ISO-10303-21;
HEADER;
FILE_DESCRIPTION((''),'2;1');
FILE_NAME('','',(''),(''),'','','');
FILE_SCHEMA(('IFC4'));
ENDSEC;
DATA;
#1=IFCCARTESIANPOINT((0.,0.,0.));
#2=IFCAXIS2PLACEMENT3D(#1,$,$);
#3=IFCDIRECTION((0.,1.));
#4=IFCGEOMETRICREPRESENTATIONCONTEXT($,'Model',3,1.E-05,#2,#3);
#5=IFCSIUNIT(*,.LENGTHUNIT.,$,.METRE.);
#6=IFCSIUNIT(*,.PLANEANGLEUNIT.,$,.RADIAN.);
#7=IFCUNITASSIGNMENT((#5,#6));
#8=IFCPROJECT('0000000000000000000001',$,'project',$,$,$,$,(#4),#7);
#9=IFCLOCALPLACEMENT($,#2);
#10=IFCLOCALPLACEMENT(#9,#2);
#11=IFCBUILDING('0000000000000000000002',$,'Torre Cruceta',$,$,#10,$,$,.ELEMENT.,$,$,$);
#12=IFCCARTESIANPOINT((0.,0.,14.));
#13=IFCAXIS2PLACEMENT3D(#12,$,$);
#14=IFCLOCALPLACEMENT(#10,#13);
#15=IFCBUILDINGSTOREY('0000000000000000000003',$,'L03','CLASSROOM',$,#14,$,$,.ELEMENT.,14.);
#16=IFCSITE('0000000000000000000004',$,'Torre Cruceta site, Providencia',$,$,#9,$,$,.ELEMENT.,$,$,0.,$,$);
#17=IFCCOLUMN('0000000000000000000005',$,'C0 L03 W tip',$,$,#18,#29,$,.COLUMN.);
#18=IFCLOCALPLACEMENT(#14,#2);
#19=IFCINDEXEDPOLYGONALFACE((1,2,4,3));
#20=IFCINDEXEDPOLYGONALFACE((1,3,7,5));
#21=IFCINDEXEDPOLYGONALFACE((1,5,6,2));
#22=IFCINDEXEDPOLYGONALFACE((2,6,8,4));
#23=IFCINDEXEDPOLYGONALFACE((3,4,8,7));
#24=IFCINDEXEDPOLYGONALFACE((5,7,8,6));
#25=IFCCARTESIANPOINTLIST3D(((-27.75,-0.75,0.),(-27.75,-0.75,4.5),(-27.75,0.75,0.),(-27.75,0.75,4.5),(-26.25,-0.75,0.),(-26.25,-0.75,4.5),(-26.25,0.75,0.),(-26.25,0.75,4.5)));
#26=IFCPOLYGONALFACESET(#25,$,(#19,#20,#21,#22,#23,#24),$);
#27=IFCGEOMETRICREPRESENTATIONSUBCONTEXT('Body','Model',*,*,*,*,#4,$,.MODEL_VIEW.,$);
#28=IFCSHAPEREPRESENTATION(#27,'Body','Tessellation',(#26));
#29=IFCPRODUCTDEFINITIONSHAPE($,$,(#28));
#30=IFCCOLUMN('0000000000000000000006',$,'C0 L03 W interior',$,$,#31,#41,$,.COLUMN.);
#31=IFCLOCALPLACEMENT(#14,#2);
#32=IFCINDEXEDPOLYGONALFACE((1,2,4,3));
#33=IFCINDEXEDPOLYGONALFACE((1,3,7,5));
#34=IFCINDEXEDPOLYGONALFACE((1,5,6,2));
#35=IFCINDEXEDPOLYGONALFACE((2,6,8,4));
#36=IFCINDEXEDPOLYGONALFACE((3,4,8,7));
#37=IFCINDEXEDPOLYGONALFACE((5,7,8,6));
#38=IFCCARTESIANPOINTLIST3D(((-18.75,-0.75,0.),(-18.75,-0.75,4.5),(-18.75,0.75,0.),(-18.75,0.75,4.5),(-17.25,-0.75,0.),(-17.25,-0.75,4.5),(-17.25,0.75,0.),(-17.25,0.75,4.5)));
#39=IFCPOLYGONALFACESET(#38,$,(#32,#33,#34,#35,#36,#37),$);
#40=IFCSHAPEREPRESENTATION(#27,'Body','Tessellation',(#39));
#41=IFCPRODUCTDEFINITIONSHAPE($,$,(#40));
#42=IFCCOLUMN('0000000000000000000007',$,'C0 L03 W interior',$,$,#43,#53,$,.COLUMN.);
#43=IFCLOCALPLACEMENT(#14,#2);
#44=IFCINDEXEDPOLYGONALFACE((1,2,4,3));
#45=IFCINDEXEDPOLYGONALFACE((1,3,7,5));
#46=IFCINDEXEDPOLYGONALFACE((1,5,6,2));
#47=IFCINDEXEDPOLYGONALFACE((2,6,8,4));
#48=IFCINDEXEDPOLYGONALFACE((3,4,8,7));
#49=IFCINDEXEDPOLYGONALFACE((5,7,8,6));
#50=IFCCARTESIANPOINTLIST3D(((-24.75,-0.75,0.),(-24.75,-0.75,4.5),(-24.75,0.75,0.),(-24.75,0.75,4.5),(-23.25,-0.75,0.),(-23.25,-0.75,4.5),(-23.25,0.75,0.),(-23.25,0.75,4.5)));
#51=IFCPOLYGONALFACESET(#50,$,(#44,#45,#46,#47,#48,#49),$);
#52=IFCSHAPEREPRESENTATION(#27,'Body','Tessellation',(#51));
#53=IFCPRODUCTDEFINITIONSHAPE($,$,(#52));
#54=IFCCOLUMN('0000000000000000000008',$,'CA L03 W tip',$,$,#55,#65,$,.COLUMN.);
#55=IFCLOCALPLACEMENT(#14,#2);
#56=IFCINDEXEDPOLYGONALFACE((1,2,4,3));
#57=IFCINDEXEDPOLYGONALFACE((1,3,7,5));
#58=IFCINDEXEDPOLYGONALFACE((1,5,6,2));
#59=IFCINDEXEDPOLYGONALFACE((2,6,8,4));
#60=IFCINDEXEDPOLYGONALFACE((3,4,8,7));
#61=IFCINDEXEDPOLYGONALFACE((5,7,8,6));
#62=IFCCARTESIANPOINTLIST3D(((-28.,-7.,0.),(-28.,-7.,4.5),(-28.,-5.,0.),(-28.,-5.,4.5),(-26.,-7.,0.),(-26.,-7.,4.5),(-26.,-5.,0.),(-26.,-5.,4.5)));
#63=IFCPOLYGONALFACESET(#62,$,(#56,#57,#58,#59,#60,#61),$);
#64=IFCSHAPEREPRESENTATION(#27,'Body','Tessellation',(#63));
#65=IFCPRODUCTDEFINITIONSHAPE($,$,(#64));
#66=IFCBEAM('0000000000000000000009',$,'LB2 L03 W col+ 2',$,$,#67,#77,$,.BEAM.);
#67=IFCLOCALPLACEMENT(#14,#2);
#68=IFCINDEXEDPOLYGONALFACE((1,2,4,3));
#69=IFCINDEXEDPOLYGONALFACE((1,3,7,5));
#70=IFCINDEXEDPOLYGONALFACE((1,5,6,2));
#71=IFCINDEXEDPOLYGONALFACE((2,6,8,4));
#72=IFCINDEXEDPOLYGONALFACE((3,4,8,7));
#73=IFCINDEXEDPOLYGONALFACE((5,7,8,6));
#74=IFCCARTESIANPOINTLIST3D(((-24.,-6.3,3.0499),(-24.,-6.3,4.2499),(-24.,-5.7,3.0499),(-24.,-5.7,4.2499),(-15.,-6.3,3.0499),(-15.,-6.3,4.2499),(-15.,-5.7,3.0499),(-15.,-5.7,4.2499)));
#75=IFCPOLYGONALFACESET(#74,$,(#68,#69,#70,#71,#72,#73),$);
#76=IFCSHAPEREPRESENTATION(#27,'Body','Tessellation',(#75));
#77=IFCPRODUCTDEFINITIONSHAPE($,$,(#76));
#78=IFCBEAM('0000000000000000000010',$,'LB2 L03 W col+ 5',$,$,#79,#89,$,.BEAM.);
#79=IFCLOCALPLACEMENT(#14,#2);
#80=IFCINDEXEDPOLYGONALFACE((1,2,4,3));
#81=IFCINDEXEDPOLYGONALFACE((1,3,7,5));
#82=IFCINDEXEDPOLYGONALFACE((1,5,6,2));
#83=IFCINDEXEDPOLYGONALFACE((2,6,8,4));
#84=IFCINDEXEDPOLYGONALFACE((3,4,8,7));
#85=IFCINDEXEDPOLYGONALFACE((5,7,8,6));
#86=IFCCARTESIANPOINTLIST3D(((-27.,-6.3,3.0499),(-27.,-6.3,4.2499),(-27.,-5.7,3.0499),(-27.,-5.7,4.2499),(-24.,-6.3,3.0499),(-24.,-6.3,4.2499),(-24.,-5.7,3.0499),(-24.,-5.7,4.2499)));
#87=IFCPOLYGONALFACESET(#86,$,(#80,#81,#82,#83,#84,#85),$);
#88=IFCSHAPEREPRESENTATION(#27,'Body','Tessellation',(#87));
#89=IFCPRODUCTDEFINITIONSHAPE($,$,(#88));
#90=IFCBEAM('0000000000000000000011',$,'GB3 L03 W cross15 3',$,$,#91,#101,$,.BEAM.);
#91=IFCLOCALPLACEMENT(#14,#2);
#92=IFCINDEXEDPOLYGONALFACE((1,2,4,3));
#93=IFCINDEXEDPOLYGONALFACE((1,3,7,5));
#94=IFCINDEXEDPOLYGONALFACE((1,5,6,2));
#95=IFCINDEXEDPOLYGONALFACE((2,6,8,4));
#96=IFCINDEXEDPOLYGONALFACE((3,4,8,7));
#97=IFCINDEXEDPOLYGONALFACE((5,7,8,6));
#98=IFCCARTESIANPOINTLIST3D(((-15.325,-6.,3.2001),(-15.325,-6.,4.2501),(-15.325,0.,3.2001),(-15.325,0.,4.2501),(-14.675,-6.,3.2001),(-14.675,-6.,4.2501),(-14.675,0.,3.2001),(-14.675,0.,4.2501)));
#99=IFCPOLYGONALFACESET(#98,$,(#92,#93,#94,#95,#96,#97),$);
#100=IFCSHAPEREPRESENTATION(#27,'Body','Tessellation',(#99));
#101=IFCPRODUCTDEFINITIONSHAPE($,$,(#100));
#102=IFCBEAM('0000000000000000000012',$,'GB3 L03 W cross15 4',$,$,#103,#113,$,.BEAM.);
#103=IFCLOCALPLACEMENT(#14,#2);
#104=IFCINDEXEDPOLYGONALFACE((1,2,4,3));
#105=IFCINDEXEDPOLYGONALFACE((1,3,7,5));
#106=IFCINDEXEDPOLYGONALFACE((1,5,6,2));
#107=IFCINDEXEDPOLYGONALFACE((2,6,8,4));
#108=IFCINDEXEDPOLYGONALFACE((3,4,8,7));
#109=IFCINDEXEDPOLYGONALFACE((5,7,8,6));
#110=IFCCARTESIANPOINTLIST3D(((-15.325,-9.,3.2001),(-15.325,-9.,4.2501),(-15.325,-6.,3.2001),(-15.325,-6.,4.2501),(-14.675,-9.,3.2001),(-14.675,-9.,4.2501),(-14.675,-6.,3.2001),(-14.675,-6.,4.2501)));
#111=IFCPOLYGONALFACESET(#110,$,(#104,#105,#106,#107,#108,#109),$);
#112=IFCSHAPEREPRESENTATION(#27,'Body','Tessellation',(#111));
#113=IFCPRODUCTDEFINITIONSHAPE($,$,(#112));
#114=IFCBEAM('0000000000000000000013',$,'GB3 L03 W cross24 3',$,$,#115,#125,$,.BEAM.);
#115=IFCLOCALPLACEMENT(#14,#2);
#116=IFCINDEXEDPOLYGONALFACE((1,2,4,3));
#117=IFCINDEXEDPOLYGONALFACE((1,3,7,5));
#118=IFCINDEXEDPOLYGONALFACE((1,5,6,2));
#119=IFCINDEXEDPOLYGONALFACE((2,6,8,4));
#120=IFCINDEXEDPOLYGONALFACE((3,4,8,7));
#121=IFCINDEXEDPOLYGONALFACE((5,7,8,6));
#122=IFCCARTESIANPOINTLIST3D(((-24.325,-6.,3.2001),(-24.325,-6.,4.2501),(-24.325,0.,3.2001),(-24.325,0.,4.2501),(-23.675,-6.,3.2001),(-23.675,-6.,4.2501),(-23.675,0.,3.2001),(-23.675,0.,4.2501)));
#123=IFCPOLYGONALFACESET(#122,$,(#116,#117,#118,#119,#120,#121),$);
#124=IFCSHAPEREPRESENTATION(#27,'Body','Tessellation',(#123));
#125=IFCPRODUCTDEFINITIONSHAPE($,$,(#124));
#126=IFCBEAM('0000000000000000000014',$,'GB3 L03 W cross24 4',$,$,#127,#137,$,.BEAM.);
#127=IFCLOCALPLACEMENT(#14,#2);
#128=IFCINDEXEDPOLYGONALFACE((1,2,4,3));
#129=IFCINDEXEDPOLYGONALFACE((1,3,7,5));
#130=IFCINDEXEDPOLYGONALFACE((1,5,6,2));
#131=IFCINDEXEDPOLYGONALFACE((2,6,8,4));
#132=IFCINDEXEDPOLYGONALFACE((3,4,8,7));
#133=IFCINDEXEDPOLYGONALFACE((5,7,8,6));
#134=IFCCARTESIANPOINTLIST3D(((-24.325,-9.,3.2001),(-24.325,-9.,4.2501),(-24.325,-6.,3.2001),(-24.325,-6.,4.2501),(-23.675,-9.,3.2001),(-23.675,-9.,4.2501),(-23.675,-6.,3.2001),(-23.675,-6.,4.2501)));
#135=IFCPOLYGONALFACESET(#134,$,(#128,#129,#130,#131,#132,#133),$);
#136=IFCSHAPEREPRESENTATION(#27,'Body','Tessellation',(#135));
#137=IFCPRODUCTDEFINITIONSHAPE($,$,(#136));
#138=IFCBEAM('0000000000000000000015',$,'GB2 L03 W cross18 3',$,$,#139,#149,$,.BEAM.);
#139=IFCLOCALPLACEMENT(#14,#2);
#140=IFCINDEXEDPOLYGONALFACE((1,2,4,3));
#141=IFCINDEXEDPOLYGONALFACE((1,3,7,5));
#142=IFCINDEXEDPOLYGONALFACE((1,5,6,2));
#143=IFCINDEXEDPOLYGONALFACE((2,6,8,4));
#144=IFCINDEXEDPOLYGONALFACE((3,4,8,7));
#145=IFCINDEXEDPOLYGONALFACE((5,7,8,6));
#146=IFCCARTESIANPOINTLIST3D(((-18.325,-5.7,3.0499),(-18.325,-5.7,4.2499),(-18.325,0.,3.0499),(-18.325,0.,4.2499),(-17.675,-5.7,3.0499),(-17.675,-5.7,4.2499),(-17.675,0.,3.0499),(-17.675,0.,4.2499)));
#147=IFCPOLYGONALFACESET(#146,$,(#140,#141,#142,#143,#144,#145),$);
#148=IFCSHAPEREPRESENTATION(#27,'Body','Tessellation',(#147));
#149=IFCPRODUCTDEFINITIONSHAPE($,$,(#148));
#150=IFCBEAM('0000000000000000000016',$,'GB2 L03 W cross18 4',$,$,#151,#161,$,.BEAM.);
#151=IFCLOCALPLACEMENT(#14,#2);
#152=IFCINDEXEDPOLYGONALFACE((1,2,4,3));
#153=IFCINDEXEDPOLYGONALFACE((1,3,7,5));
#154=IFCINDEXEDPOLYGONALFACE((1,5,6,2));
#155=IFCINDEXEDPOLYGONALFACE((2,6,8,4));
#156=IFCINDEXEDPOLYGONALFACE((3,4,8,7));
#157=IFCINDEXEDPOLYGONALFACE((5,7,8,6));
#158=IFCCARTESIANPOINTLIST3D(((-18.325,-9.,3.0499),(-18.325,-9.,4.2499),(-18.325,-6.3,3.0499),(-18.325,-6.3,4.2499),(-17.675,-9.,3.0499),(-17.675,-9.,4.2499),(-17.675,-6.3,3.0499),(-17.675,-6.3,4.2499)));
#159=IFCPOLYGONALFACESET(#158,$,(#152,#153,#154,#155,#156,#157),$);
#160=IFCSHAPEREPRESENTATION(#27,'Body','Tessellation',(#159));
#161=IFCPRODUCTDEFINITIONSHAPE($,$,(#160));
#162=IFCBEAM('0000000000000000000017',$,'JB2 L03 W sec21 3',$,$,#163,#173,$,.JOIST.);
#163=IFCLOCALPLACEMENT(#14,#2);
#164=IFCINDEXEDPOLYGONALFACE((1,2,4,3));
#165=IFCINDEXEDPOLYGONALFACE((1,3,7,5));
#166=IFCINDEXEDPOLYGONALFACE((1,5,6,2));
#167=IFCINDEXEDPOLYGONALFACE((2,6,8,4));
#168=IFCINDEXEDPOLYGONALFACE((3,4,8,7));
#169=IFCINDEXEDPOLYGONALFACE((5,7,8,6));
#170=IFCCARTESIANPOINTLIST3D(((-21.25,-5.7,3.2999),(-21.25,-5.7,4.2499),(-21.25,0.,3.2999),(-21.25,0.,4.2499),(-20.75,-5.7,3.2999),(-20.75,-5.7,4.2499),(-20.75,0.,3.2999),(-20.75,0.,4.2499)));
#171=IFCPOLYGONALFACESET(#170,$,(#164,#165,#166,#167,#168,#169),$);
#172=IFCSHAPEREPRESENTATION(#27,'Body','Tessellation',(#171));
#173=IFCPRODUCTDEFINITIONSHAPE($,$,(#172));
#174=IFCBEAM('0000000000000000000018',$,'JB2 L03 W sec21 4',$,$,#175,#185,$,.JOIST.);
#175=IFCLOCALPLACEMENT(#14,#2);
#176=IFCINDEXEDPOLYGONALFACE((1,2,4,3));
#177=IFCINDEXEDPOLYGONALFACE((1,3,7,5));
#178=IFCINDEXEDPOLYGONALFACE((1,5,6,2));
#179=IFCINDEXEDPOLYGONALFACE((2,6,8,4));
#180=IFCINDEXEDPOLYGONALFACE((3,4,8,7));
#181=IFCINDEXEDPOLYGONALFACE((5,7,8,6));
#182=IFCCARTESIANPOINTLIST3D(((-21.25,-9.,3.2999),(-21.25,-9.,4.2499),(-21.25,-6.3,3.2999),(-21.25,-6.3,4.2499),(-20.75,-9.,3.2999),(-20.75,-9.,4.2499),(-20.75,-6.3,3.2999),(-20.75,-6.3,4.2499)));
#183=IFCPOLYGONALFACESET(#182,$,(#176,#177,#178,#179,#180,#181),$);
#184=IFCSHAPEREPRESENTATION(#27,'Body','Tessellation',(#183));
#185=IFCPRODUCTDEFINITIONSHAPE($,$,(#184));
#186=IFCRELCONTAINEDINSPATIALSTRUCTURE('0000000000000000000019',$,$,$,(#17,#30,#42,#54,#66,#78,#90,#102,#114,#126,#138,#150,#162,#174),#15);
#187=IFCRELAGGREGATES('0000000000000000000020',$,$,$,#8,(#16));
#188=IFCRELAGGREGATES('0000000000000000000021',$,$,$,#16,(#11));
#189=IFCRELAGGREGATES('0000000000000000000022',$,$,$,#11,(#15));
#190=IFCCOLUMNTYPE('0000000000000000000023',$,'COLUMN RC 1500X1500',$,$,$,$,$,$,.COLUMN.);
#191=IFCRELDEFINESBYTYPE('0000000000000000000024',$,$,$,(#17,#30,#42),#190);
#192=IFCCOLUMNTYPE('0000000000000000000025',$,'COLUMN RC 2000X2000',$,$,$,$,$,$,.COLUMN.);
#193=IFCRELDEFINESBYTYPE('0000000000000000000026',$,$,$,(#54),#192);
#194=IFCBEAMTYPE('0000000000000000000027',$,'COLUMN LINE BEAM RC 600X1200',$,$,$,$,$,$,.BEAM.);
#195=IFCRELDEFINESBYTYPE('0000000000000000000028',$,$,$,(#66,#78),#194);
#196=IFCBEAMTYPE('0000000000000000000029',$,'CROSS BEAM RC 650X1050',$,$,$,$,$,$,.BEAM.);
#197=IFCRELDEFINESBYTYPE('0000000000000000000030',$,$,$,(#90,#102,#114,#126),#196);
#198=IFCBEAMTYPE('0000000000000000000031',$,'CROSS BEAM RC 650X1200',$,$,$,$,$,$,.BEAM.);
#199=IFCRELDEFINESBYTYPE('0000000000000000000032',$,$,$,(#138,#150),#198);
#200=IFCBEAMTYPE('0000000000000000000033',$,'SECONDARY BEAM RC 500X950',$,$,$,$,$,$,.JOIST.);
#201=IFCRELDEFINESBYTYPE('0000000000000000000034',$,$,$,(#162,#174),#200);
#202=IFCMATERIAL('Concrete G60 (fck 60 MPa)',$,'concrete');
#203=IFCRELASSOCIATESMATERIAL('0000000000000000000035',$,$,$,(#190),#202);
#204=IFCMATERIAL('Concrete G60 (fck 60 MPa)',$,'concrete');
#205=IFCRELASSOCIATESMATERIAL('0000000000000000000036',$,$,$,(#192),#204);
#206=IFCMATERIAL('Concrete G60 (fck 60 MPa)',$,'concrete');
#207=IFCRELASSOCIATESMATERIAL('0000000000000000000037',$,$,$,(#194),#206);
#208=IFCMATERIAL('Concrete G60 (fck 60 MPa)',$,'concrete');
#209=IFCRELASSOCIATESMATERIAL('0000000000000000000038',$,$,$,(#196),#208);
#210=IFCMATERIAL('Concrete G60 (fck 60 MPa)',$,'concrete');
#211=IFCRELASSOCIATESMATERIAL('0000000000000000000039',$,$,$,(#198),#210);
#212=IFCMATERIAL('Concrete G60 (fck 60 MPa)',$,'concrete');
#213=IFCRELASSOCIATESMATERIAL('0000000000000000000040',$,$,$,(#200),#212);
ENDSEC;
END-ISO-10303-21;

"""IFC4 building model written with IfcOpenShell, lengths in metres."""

from ifc_helpers import new_model, si_unit, direction, frame, origin, origin_2d, place, context, subcontext, project, spatial, rectangle, extrude, material, material_profile, profile_set, type_object, element, save


model = new_model("IFC4")

# Units and contexts
model_context = context("Model", 3, precision=1e-05, world=origin(), true_north=direction((0.0, 1.0)))
body_context = subcontext(model_context, "Body", "Model", "MODEL_VIEW")
ifc_project = project(units=[si_unit("LENGTHUNIT", "METRE"), si_unit("PLANEANGLEUNIT", "RADIAN")], contexts=[model_context])

# Site, building, storey
site_placement = place(None, origin())
site = spatial("IfcSite", under=ifc_project, at=site_placement, Name="Torre Cruceta site, Providencia", CompositionType="ELEMENT", RefElevation=0.0)
building_placement = place(site_placement, origin())
building = spatial("IfcBuilding", under=site, at=building_placement, Name="Torre Cruceta", CompositionType="ELEMENT")
storey_placement = place(building_placement, frame((0.0, 0.0, 14.0)))
storey = spatial("IfcBuildingStorey", under=building, at=storey_placement, Name="L03", Description="CLASSROOM", CompositionType="ELEMENT", Elevation=14.0)

# Columns
ifc_material_1 = material(Name="Concrete G60 (fck 60 MPa)", Category="concrete")
ifc_material_profile_1 = material_profile(ifc_material_1, rectangle(XDim=1.5, YDim=1.5, at=origin_2d()), Name="RC 1500X1500")
ifc_profile_set_1 = profile_set([ifc_material_profile_1], Name="Concrete G60 (fck 60 MPa)")
column_type_1 = type_object("IfcColumnType", Name="COLUMN RC 1500X1500", PredefinedType="COLUMN", material=ifc_profile_set_1)
for number, where, z_axis, x_axis, name in (
    (1, (-27.0, 0.0, 0.0), (0.0, 0.0, 1.0), (1.0, 0.0, 0.0), "C0 L03 W tip"),
    (2, (-18.0, 0.0, 0.0), (0.0, 0.0, 1.0), (1.0, 0.0, 0.0), "C0 L03 W interior"),
    (3, (-24.0, 0.0, 0.0), (0.0, 0.0, 1.0), (1.0, 0.0, 0.0), "C0 L03 W interior"),
):
    element("IfcColumn", number, at=place(storey_placement, frame(where, z_axis=z_axis, x_axis=x_axis)), inside=storey, type_object=column_type_1, Name=name, PredefinedType="COLUMN", context=body_context, shape_type="SweptSolid", body=[
        extrude(rectangle(XDim=1.5, YDim=1.5, at=origin_2d()), origin(), (0.0, 0.0, 1.0), 4.5),
    ])
ifc_material_2 = material(Name="Concrete G60 (fck 60 MPa)", Category="concrete")
ifc_material_profile_2 = material_profile(ifc_material_2, rectangle(XDim=2.0, YDim=2.0, at=origin_2d()), Name="RC 2000X2000")
ifc_profile_set_2 = profile_set([ifc_material_profile_2], Name="Concrete G60 (fck 60 MPa)")
column_type_2 = type_object("IfcColumnType", Name="COLUMN RC 2000X2000", PredefinedType="COLUMN", material=ifc_profile_set_2)
column_placement = place(storey_placement, frame((-27.0, -6.0, 0.0), z_axis=(0.0, 0.0, 1.0), x_axis=(1.0, 0.0, 0.0)))
element("IfcColumn", 4, at=column_placement, inside=storey, type_object=column_type_2, Name="CA L03 W tip", PredefinedType="COLUMN", context=body_context, shape_type="SweptSolid", body=[
    extrude(rectangle(XDim=2.0, YDim=2.0, at=origin_2d()), origin(), (0.0, 0.0, 1.0), 4.5),
])

# Beams
ifc_material_3 = material(Name="Concrete G60 (fck 60 MPa)", Category="concrete")
ifc_material_profile_3 = material_profile(ifc_material_3, rectangle(XDim=0.6001, YDim=1.2, at=origin_2d()), Name="RC 600X1200")
ifc_profile_set_3 = profile_set([ifc_material_profile_3], Name="Concrete G60 (fck 60 MPa)")
beam_type_1 = type_object("IfcBeamType", Name="COLUMN LINE BEAM RC 600X1200", PredefinedType="BEAM", material=ifc_profile_set_3)
beam_1_placement = place(storey_placement, frame((-15.0, -6.0, 3.6499), z_axis=(-1.0, 0.0, 0.0), x_axis=(0.0, -1.0, 0.0)))
element("IfcBeam", 5, at=beam_1_placement, inside=storey, type_object=beam_type_1, Name="LB2 L03 W col+ 2", PredefinedType="BEAM", context=body_context, shape_type="SweptSolid", body=[
    extrude(rectangle(XDim=0.6001, YDim=1.2, at=origin_2d()), origin(), (0.0, 0.0, 1.0), 9.0),
])
beam_2_placement = place(storey_placement, frame((-24.0, -6.0, 3.6499), z_axis=(-1.0, 0.0, 0.0), x_axis=(0.0, -1.0, 0.0)))
element("IfcBeam", 6, at=beam_2_placement, inside=storey, type_object=beam_type_1, Name="LB2 L03 W col+ 5", PredefinedType="BEAM", context=body_context, shape_type="SweptSolid", body=[
    extrude(rectangle(XDim=0.6001, YDim=1.2, at=origin_2d()), origin(), (0.0, 0.0, 1.0), 3.0),
])
ifc_material_4 = material(Name="Concrete G60 (fck 60 MPa)", Category="concrete")
ifc_material_profile_4 = material_profile(ifc_material_4, rectangle(XDim=0.6499, YDim=1.05, at=origin_2d()), Name="RC 650X1050")
ifc_profile_set_4 = profile_set([ifc_material_profile_4], Name="Concrete G60 (fck 60 MPa)")
beam_type_2 = type_object("IfcBeamType", Name="CROSS BEAM RC 650X1050", PredefinedType="BEAM", material=ifc_profile_set_4)
beam_3_placement = place(storey_placement, frame((-15.0, 0.0, 3.7251), z_axis=(0.0, -1.0, 0.0), x_axis=(1.0, 0.0, 0.0)))
element("IfcBeam", 7, at=beam_3_placement, inside=storey, type_object=beam_type_2, Name="GB3 L03 W cross15 3", PredefinedType="BEAM", context=body_context, shape_type="SweptSolid", body=[
    extrude(rectangle(XDim=0.6499, YDim=1.05, at=origin_2d()), origin(), (0.0, 0.0, 1.0), 6.0),
])
beam_4_placement = place(storey_placement, frame((-15.0, -6.0, 3.7251), z_axis=(0.0, -1.0, 0.0), x_axis=(1.0, 0.0, 0.0)))
element("IfcBeam", 8, at=beam_4_placement, inside=storey, type_object=beam_type_2, Name="GB3 L03 W cross15 4", PredefinedType="BEAM", context=body_context, shape_type="SweptSolid", body=[
    extrude(rectangle(XDim=0.6499, YDim=1.05, at=origin_2d()), origin(), (0.0, 0.0, 1.0), 3.0),
])
beam_5_placement = place(storey_placement, frame((-24.0, 0.0, 3.7251), z_axis=(0.0, -1.0, 0.0), x_axis=(1.0, 0.0, 0.0)))
element("IfcBeam", 9, at=beam_5_placement, inside=storey, type_object=beam_type_2, Name="GB3 L03 W cross24 3", PredefinedType="BEAM", context=body_context, shape_type="SweptSolid", body=[
    extrude(rectangle(XDim=0.6499, YDim=1.05, at=origin_2d()), origin(), (0.0, 0.0, 1.0), 6.0),
])
beam_6_placement = place(storey_placement, frame((-24.0, -6.0, 3.7251), z_axis=(0.0, -1.0, 0.0), x_axis=(1.0, 0.0, 0.0)))
element("IfcBeam", 10, at=beam_6_placement, inside=storey, type_object=beam_type_2, Name="GB3 L03 W cross24 4", PredefinedType="BEAM", context=body_context, shape_type="SweptSolid", body=[
    extrude(rectangle(XDim=0.6499, YDim=1.05, at=origin_2d()), origin(), (0.0, 0.0, 1.0), 3.0),
])
ifc_material_5 = material(Name="Concrete G60 (fck 60 MPa)", Category="concrete")
ifc_material_profile_5 = material_profile(ifc_material_5, rectangle(XDim=0.6499, YDim=1.2, at=origin_2d()), Name="RC 650X1200")
ifc_profile_set_5 = profile_set([ifc_material_profile_5], Name="Concrete G60 (fck 60 MPa)")
beam_type_3 = type_object("IfcBeamType", Name="CROSS BEAM RC 650X1200", PredefinedType="BEAM", material=ifc_profile_set_5)
beam_7_placement = place(storey_placement, frame((-18.0, 0.0, 3.6499), z_axis=(0.0, -1.0, 0.0), x_axis=(1.0, 0.0, 0.0)))
element("IfcBeam", 11, at=beam_7_placement, inside=storey, type_object=beam_type_3, Name="GB2 L03 W cross18 3", PredefinedType="BEAM", context=body_context, shape_type="SweptSolid", body=[
    extrude(rectangle(XDim=0.6499, YDim=1.2, at=origin_2d()), origin(), (0.0, 0.0, 1.0), 5.7),
])
beam_8_placement = place(storey_placement, frame((-18.0, -6.3, 3.6499), z_axis=(0.0, -1.0, 0.0), x_axis=(1.0, 0.0, 0.0)))
element("IfcBeam", 12, at=beam_8_placement, inside=storey, type_object=beam_type_3, Name="GB2 L03 W cross18 4", PredefinedType="BEAM", context=body_context, shape_type="SweptSolid", body=[
    extrude(rectangle(XDim=0.6499, YDim=1.2, at=origin_2d()), origin(), (0.0, 0.0, 1.0), 2.7),
])
ifc_material_6 = material(Name="Concrete G60 (fck 60 MPa)", Category="concrete")
ifc_material_profile_6 = material_profile(ifc_material_6, rectangle(XDim=0.5, YDim=0.95, at=origin_2d()), Name="RC 500X950")
ifc_profile_set_6 = profile_set([ifc_material_profile_6], Name="Concrete G60 (fck 60 MPa)")
beam_type_4 = type_object("IfcBeamType", Name="SECONDARY BEAM RC 500X950", PredefinedType="JOIST", material=ifc_profile_set_6)
beam_9_placement = place(storey_placement, frame((-21.0, 0.0, 3.7749), z_axis=(0.0, -1.0, 0.0), x_axis=(1.0, 0.0, 0.0)))
element("IfcBeam", 13, at=beam_9_placement, inside=storey, type_object=beam_type_4, Name="JB2 L03 W sec21 3", PredefinedType="JOIST", context=body_context, shape_type="SweptSolid", body=[
    extrude(rectangle(XDim=0.5, YDim=0.95, at=origin_2d()), origin(), (0.0, 0.0, 1.0), 5.7),
])
beam_10_placement = place(storey_placement, frame((-21.0, -6.3, 3.7749), z_axis=(0.0, -1.0, 0.0), x_axis=(1.0, 0.0, 0.0)))
element("IfcBeam", 14, at=beam_10_placement, inside=storey, type_object=beam_type_4, Name="JB2 L03 W sec21 4", PredefinedType="JOIST", context=body_context, shape_type="SweptSolid", body=[
    extrude(rectangle(XDim=0.5, YDim=0.95, at=origin_2d()), origin(), (0.0, 0.0, 1.0), 2.7),
])

save(model, "model.ifc")
